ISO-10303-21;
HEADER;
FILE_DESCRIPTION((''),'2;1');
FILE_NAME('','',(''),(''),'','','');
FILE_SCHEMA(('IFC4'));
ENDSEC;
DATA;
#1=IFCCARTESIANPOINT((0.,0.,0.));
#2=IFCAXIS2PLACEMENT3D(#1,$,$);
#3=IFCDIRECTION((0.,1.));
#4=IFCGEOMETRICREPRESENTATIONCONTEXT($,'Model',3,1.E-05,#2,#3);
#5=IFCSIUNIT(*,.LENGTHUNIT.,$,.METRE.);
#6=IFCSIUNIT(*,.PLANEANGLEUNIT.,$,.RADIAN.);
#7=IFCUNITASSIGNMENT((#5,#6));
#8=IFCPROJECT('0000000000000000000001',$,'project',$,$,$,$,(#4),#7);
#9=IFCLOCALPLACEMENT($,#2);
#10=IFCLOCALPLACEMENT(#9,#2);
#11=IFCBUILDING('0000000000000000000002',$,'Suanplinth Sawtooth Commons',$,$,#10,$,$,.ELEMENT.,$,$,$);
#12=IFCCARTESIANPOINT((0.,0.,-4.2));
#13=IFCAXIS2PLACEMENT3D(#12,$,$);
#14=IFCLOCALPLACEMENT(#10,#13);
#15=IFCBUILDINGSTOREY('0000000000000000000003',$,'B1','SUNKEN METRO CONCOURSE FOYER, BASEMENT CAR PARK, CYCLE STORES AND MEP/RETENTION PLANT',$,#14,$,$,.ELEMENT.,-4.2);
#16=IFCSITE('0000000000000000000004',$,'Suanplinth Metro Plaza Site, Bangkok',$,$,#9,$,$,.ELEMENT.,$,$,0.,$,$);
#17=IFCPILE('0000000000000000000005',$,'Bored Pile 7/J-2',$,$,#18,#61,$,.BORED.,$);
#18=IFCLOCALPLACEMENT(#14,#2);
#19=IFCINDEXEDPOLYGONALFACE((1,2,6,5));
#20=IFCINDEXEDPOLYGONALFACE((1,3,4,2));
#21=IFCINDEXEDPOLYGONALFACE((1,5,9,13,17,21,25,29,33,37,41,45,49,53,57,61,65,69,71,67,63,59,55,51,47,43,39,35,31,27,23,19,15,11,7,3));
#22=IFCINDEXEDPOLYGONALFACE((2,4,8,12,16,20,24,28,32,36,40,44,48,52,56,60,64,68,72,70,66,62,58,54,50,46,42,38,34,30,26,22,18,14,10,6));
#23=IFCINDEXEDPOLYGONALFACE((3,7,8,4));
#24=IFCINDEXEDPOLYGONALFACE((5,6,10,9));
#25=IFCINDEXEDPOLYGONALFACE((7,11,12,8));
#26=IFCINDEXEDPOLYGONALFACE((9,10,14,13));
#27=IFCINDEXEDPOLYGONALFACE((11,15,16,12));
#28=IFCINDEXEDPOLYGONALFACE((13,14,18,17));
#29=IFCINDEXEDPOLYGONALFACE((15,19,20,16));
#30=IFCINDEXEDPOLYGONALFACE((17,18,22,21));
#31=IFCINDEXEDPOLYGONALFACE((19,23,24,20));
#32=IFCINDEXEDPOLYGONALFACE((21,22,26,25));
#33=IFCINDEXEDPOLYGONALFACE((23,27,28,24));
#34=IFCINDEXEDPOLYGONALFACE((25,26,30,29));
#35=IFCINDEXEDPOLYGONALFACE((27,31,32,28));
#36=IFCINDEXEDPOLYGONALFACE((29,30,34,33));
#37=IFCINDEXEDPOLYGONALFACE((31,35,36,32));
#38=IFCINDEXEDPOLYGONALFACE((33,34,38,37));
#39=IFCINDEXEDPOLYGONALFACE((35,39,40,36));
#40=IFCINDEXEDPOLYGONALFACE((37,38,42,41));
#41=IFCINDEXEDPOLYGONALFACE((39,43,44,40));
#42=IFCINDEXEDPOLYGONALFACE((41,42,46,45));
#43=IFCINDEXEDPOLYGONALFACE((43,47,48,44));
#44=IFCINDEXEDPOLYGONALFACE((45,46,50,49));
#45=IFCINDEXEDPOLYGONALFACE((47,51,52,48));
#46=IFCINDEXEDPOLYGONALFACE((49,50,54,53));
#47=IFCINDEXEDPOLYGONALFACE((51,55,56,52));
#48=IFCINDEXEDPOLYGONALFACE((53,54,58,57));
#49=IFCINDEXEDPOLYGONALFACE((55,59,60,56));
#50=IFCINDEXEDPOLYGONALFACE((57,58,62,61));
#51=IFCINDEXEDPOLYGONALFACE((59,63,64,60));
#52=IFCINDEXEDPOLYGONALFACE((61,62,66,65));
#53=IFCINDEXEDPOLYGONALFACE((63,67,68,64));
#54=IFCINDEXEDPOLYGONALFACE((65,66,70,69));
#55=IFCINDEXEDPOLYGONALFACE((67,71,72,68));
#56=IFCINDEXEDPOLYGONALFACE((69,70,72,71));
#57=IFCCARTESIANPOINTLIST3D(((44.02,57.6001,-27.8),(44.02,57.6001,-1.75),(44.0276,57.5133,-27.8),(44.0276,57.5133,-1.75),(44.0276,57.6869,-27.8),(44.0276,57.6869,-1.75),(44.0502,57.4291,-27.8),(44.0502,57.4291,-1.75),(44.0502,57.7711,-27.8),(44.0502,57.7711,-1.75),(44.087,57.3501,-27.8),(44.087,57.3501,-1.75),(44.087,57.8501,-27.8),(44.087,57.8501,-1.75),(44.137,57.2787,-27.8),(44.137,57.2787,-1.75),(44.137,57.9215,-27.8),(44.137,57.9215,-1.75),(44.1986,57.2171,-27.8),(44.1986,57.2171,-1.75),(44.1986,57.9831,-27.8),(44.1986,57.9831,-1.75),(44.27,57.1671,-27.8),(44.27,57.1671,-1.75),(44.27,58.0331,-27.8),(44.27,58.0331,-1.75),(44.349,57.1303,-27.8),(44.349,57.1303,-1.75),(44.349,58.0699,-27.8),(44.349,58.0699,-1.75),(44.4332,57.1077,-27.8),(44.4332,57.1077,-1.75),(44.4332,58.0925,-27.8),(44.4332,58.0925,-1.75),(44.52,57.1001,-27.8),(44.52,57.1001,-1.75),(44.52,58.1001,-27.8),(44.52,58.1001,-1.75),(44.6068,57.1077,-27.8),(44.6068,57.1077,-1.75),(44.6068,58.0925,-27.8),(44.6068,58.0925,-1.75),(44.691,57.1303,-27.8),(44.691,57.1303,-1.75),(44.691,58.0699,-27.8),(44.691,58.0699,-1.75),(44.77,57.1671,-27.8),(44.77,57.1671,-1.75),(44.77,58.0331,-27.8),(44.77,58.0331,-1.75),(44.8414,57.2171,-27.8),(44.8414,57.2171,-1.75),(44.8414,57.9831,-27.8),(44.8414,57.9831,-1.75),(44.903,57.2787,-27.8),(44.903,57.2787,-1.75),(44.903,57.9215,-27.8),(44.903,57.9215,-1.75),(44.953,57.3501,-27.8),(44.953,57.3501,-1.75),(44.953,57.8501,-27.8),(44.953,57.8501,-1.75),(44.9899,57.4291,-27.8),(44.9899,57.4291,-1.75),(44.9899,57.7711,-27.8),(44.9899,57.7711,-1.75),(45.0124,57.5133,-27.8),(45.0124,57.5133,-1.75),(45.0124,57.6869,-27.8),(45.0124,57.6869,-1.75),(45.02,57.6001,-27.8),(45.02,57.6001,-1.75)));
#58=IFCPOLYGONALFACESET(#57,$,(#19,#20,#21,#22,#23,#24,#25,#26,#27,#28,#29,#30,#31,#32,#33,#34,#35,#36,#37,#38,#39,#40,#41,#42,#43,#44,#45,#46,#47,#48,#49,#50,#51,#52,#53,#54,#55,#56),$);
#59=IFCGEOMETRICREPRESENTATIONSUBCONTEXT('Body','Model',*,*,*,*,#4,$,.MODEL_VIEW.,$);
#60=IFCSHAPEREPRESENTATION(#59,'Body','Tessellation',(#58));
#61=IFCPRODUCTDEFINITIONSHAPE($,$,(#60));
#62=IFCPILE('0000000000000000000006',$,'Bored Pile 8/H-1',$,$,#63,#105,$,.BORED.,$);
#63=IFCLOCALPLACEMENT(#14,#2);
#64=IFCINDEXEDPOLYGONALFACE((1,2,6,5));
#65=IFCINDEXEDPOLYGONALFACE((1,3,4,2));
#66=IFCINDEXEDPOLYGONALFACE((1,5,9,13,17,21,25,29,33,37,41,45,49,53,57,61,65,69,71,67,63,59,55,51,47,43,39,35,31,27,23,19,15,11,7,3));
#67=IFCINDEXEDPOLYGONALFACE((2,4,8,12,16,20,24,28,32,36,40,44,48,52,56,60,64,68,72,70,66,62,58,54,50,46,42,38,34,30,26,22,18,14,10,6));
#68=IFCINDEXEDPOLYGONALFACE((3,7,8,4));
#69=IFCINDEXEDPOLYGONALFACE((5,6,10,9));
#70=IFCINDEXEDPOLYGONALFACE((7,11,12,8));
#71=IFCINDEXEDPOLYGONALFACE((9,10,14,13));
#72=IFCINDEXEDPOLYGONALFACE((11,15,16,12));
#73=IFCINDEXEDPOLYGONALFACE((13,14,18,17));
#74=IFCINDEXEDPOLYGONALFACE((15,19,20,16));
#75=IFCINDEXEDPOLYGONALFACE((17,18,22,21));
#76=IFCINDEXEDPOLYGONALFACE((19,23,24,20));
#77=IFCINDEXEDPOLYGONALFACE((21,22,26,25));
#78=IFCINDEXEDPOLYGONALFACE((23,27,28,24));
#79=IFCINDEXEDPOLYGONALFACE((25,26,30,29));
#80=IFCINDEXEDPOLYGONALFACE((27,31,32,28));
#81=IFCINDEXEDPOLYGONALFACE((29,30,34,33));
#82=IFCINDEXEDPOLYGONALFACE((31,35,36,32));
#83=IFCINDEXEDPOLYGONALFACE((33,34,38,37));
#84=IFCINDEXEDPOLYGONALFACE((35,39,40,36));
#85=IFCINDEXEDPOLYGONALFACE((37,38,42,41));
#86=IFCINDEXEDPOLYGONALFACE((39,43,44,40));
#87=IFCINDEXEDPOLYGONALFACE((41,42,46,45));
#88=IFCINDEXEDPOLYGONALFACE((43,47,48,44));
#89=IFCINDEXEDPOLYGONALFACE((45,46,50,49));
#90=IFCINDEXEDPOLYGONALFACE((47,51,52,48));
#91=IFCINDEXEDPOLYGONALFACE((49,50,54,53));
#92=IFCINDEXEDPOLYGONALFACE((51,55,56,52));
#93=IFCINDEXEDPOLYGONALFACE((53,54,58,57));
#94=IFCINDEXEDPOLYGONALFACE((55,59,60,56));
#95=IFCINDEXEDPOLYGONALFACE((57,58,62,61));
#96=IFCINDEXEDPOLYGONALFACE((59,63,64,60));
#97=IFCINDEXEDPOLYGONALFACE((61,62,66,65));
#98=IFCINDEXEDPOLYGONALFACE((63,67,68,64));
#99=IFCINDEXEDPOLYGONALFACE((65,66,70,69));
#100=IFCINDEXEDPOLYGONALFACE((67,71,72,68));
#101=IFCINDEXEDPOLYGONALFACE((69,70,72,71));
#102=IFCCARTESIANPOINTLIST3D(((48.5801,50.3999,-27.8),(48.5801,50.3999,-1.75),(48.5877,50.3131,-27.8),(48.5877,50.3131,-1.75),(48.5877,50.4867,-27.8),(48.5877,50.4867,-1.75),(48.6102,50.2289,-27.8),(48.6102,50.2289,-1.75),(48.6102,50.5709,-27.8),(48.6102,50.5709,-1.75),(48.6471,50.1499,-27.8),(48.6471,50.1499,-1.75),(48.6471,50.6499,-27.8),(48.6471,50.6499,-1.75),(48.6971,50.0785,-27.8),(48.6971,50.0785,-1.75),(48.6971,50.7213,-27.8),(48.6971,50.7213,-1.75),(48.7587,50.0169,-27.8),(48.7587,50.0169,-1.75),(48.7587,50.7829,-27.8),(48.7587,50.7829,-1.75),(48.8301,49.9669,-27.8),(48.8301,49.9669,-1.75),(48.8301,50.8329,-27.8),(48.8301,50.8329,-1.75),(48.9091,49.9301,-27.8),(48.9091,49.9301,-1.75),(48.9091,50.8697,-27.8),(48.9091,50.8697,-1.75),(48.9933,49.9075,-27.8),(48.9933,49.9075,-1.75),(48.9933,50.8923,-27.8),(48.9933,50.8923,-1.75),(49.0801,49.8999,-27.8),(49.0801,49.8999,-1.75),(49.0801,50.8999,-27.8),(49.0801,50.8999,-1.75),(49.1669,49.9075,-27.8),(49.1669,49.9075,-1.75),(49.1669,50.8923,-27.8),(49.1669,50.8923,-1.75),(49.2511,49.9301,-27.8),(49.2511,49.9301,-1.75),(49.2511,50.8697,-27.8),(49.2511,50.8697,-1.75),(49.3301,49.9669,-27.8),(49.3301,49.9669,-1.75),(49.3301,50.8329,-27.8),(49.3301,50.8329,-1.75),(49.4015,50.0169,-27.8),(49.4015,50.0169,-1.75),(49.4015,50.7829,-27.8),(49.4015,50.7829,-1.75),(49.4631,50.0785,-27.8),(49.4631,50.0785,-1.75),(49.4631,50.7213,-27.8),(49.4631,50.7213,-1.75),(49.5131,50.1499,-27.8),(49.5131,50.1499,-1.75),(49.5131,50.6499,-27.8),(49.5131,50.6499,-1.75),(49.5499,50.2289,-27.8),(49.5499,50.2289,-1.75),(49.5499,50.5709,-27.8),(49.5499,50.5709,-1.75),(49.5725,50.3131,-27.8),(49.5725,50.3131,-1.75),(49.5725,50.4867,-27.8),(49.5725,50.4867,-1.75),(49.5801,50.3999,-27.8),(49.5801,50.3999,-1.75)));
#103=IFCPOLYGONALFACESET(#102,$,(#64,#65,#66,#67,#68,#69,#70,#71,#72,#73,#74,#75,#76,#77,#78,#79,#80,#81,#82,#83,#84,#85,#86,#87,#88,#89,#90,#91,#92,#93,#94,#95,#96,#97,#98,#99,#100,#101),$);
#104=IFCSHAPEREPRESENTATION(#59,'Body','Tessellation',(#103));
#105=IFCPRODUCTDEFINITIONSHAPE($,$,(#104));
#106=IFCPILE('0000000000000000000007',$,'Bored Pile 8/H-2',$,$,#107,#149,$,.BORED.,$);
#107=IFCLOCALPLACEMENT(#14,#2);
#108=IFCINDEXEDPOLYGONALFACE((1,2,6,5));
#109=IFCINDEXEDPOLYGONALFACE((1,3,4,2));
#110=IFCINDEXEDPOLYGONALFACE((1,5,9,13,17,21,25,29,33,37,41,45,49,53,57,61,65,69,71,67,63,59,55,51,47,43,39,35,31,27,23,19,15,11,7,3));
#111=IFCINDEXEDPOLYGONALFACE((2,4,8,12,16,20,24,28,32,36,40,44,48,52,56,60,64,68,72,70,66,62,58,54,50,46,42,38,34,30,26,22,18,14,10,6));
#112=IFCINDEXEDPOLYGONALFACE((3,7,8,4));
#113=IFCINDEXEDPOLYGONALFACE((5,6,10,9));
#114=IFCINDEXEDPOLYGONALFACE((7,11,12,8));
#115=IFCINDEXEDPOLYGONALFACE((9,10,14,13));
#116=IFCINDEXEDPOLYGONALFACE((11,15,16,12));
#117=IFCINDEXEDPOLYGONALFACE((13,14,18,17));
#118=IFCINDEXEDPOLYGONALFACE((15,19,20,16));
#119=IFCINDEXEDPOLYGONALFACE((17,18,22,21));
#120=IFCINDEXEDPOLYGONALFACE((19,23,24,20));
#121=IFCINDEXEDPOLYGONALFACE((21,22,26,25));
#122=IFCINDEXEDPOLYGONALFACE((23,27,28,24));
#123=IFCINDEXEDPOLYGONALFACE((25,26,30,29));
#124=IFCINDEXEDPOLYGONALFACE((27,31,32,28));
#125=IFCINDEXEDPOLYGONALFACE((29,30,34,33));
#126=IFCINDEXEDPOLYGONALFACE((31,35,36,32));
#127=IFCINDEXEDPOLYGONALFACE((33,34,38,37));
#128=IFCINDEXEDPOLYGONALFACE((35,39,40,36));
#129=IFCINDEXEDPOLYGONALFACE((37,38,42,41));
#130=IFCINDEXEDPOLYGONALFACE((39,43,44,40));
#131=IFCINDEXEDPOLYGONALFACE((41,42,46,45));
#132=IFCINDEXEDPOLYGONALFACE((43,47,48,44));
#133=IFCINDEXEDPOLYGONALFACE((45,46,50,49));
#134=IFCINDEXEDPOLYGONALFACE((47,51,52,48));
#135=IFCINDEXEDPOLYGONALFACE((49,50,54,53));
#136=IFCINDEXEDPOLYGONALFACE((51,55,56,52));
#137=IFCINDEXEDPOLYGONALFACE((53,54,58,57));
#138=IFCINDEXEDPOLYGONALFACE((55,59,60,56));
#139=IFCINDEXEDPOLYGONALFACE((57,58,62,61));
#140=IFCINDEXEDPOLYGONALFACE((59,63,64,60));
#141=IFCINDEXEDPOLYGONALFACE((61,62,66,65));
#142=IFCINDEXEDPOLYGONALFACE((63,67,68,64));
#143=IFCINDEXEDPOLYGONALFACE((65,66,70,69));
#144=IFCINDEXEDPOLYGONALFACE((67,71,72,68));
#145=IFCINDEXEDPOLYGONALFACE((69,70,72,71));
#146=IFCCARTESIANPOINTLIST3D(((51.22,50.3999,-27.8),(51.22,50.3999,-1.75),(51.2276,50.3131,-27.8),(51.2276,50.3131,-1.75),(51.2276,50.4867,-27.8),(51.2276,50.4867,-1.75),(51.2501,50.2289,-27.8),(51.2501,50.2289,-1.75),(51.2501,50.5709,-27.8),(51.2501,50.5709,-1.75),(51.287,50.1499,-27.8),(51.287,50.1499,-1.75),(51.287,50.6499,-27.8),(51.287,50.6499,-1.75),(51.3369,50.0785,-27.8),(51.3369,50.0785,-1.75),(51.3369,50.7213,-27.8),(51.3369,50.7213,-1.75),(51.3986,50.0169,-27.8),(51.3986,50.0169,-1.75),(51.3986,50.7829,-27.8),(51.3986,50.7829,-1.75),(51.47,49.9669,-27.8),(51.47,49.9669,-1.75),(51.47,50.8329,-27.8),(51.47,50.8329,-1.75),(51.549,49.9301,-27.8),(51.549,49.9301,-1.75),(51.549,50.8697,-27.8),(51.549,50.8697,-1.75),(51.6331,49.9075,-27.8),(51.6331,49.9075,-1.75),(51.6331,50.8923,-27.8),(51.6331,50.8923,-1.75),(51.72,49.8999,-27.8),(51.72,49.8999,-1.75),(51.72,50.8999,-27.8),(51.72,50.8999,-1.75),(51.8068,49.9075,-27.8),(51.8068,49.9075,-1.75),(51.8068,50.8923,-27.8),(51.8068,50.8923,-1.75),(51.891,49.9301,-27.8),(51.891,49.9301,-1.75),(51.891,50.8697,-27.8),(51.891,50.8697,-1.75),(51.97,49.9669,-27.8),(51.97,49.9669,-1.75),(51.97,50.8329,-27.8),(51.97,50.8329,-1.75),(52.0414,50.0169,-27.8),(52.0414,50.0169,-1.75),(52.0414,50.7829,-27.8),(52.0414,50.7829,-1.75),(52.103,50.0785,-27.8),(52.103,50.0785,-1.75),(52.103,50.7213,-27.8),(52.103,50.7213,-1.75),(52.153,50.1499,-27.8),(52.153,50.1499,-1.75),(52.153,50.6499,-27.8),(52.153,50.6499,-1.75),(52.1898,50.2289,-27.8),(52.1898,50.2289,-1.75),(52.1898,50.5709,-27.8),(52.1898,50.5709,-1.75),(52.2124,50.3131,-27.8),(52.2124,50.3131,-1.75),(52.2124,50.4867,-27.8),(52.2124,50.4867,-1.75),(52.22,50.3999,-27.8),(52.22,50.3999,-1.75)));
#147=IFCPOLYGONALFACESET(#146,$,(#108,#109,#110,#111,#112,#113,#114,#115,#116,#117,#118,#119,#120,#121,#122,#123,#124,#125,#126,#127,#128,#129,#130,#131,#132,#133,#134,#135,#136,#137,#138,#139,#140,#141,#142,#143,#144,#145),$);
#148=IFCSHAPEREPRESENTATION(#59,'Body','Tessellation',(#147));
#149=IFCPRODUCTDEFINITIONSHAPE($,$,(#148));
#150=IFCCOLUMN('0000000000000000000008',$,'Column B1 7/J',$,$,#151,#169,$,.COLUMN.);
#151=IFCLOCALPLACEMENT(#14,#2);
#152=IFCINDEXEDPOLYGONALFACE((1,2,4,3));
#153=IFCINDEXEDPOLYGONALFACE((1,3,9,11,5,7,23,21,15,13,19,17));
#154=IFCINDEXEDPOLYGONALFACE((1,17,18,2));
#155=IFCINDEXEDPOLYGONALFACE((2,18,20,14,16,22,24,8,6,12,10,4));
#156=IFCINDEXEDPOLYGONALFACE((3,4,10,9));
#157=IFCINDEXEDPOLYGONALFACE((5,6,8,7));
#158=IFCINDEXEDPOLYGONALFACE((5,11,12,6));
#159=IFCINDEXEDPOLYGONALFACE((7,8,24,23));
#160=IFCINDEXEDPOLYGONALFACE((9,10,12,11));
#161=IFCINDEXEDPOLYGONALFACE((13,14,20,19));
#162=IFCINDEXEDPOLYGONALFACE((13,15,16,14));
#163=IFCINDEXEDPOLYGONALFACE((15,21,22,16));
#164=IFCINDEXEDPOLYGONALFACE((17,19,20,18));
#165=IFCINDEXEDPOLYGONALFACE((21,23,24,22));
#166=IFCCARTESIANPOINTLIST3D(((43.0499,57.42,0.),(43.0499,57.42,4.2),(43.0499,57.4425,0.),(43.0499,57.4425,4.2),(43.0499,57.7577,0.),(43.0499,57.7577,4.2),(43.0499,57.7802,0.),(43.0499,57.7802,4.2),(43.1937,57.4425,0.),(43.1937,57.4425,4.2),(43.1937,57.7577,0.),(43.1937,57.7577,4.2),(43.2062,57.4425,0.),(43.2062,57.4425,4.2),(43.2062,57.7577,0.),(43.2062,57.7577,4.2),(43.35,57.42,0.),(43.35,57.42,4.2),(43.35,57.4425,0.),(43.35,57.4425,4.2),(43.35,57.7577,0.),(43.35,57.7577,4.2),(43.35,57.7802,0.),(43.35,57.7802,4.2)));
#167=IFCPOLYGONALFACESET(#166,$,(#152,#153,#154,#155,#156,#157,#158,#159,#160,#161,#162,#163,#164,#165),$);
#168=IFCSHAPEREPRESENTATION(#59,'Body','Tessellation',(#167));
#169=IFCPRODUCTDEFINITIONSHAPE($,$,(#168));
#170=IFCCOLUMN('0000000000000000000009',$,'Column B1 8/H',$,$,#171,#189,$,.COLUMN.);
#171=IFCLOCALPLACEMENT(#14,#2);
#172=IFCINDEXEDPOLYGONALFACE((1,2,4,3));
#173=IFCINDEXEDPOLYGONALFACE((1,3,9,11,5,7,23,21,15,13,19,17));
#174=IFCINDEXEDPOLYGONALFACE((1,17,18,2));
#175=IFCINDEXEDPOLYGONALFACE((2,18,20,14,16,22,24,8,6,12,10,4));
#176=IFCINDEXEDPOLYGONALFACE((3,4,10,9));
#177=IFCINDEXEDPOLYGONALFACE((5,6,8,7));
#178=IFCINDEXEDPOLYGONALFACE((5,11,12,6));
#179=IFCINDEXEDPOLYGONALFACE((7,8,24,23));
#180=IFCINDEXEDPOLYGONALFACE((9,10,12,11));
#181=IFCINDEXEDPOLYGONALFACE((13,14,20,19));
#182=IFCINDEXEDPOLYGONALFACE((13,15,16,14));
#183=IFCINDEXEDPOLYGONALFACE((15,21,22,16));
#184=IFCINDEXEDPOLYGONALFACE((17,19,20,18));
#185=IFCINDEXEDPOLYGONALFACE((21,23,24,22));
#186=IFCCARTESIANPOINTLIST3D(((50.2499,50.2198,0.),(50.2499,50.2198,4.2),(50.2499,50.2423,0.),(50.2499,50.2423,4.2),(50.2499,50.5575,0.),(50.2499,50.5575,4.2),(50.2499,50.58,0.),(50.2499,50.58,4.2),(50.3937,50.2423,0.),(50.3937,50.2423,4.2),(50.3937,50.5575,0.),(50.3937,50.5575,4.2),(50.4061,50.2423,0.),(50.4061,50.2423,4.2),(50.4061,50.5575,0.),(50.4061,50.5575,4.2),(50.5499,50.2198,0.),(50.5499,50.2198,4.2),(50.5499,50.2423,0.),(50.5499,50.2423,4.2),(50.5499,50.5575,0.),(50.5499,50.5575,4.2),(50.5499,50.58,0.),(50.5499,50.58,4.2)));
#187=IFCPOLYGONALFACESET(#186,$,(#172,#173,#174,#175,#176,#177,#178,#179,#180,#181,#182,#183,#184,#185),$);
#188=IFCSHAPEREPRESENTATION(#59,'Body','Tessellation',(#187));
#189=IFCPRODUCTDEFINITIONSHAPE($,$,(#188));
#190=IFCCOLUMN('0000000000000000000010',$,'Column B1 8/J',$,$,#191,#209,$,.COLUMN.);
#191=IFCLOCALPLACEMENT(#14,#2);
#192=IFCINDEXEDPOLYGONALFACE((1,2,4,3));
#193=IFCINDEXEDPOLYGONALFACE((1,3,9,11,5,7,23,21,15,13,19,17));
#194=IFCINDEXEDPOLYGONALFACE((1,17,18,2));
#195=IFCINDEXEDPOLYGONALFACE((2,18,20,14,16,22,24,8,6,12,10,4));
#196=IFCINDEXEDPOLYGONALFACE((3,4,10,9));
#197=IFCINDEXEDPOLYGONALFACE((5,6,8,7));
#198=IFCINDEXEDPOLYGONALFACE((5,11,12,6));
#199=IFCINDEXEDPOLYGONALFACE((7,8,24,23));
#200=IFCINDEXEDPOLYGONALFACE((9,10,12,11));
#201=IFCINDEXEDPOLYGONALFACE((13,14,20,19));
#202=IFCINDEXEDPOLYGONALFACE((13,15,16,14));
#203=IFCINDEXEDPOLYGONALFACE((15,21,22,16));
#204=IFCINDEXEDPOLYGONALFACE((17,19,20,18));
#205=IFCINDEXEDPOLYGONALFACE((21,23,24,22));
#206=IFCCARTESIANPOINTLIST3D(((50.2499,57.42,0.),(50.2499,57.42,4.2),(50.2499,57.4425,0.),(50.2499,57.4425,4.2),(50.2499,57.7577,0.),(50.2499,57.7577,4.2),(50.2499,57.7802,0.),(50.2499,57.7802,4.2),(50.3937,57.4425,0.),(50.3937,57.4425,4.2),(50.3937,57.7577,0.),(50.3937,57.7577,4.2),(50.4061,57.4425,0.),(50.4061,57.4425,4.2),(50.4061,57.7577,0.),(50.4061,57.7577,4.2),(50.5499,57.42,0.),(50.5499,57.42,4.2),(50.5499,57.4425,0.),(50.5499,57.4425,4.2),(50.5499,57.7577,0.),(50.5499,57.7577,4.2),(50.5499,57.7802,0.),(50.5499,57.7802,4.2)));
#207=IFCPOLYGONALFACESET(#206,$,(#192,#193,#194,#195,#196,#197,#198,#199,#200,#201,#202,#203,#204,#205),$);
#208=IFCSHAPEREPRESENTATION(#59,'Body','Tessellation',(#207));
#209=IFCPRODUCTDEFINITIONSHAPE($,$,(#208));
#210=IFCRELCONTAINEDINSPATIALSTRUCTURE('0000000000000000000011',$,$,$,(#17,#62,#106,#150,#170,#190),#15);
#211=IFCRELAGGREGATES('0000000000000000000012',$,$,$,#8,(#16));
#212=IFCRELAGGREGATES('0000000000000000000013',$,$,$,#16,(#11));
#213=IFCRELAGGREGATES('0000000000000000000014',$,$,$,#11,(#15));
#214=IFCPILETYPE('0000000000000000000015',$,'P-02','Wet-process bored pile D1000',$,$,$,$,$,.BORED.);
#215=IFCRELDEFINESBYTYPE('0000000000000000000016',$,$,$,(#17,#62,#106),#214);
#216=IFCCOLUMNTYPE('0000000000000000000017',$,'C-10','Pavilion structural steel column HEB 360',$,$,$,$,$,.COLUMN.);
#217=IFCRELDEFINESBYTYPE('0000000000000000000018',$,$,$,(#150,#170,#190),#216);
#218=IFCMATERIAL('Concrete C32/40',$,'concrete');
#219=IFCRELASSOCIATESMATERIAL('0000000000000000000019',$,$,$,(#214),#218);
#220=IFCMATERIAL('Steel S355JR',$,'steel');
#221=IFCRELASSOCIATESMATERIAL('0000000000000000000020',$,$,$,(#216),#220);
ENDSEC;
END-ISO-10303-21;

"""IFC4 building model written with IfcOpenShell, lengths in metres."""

from ifc_helpers import new_model, si_unit, direction, frame, origin, origin_2d, place, context, subcontext, project, spatial, circle, i_section, extrude, material, material_profile, profile_set, type_object, element, save


model = new_model("IFC4")

# Units and contexts
model_context = context("Model", 3, precision=1e-05, world=origin(), true_north=direction((0.0, 1.0)))
body_context = subcontext(model_context, "Body", "Model", "MODEL_VIEW")
ifc_project = project(units=[si_unit("LENGTHUNIT", "METRE"), si_unit("PLANEANGLEUNIT", "RADIAN")], contexts=[model_context])

# Site, building, storey
site_placement = place(None, origin())
site = spatial("IfcSite", under=ifc_project, at=site_placement, Name="Suanplinth Metro Plaza Site, Bangkok", CompositionType="ELEMENT", RefElevation=0.0)
building_placement = place(site_placement, origin())
building = spatial("IfcBuilding", under=site, at=building_placement, Name="Suanplinth Sawtooth Commons", CompositionType="ELEMENT")
storey_placement = place(building_placement, frame((0.0, 0.0, -4.2)))
storey = spatial("IfcBuildingStorey", under=building, at=storey_placement, Name="B1", Description="SUNKEN METRO CONCOURSE FOYER, BASEMENT CAR PARK, CYCLE STORES AND MEP/RETENTION PLANT", CompositionType="ELEMENT", Elevation=-4.2)

# Piles
ifc_material_1 = material(Name="Concrete C32/40", Category="concrete")
ifc_material_profile_1 = material_profile(ifc_material_1, circle(Radius=0.5, at=origin_2d()), Name="PILE D1000")
ifc_profile_set_1 = profile_set([ifc_material_profile_1], Name="Concrete C32/40")
pile_type_1 = type_object("IfcPileType", Name="P-02", Description="Wet-process bored pile D1000", PredefinedType="BORED", material=ifc_profile_set_1)
for number, where, z_axis, x_axis, name in (
    (1, (44.52, 57.6001, -1.75), (0.0, 0.0, -1.0), (1.0, 0.0, 0.0), "Bored Pile 7/J-2"),
    (2, (49.0801, 50.3999, -1.75), (0.0, 0.0, -1.0), (1.0, 0.0, 0.0), "Bored Pile 8/H-1"),
    (3, (51.72, 50.3999, -1.75), (0.0, 0.0, -1.0), (1.0, 0.0, 0.0), "Bored Pile 8/H-2"),
):
    element("IfcPile", number, at=place(storey_placement, frame(where, z_axis=z_axis, x_axis=x_axis)), inside=storey, type_object=pile_type_1, Name=name, PredefinedType="BORED", context=body_context, shape_type="SweptSolid", body=[
        extrude(circle(Radius=0.5, at=origin_2d()), origin(), (0.0, 0.0, 1.0), 26.05),
    ])

# Columns
ifc_material_2 = material(Name="Steel S355JR", Category="steel")
ifc_material_profile_2 = material_profile(ifc_material_2, i_section(OverallWidth=0.3, OverallDepth=0.3601, WebThickness=0.0125, FlangeThickness=0.0225, at=origin_2d()), Name="HEB 360")
ifc_profile_set_2 = profile_set([ifc_material_profile_2], Name="Steel S355JR")
column_type_1 = type_object("IfcColumnType", Name="C-10", Description="Pavilion structural steel column HEB 360", PredefinedType="COLUMN", material=ifc_profile_set_2)
for number, where, z_axis, x_axis, name in (
    (4, (43.2, 57.6001, 0.0), (0.0, 0.0, 1.0), (1.0, 0.0, 0.0), "Column B1 7/J"),
    (5, (50.3999, 50.3999, 0.0), (0.0, 0.0, 1.0), (1.0, 0.0, 0.0), "Column B1 8/H"),
    (6, (50.3999, 57.6001, 0.0), (0.0, 0.0, 1.0), (1.0, 0.0, 0.0), "Column B1 8/J"),
):
    element("IfcColumn", number, at=place(storey_placement, frame(where, z_axis=z_axis, x_axis=x_axis)), inside=storey, type_object=column_type_1, Name=name, PredefinedType="COLUMN", context=body_context, shape_type="SweptSolid", body=[
        extrude(i_section(OverallWidth=0.3, OverallDepth=0.3601, WebThickness=0.0125, FlangeThickness=0.0225, at=origin_2d()), origin(), (0.0, 0.0, 1.0), 4.2),
    ])

save(model, "model.ifc")
